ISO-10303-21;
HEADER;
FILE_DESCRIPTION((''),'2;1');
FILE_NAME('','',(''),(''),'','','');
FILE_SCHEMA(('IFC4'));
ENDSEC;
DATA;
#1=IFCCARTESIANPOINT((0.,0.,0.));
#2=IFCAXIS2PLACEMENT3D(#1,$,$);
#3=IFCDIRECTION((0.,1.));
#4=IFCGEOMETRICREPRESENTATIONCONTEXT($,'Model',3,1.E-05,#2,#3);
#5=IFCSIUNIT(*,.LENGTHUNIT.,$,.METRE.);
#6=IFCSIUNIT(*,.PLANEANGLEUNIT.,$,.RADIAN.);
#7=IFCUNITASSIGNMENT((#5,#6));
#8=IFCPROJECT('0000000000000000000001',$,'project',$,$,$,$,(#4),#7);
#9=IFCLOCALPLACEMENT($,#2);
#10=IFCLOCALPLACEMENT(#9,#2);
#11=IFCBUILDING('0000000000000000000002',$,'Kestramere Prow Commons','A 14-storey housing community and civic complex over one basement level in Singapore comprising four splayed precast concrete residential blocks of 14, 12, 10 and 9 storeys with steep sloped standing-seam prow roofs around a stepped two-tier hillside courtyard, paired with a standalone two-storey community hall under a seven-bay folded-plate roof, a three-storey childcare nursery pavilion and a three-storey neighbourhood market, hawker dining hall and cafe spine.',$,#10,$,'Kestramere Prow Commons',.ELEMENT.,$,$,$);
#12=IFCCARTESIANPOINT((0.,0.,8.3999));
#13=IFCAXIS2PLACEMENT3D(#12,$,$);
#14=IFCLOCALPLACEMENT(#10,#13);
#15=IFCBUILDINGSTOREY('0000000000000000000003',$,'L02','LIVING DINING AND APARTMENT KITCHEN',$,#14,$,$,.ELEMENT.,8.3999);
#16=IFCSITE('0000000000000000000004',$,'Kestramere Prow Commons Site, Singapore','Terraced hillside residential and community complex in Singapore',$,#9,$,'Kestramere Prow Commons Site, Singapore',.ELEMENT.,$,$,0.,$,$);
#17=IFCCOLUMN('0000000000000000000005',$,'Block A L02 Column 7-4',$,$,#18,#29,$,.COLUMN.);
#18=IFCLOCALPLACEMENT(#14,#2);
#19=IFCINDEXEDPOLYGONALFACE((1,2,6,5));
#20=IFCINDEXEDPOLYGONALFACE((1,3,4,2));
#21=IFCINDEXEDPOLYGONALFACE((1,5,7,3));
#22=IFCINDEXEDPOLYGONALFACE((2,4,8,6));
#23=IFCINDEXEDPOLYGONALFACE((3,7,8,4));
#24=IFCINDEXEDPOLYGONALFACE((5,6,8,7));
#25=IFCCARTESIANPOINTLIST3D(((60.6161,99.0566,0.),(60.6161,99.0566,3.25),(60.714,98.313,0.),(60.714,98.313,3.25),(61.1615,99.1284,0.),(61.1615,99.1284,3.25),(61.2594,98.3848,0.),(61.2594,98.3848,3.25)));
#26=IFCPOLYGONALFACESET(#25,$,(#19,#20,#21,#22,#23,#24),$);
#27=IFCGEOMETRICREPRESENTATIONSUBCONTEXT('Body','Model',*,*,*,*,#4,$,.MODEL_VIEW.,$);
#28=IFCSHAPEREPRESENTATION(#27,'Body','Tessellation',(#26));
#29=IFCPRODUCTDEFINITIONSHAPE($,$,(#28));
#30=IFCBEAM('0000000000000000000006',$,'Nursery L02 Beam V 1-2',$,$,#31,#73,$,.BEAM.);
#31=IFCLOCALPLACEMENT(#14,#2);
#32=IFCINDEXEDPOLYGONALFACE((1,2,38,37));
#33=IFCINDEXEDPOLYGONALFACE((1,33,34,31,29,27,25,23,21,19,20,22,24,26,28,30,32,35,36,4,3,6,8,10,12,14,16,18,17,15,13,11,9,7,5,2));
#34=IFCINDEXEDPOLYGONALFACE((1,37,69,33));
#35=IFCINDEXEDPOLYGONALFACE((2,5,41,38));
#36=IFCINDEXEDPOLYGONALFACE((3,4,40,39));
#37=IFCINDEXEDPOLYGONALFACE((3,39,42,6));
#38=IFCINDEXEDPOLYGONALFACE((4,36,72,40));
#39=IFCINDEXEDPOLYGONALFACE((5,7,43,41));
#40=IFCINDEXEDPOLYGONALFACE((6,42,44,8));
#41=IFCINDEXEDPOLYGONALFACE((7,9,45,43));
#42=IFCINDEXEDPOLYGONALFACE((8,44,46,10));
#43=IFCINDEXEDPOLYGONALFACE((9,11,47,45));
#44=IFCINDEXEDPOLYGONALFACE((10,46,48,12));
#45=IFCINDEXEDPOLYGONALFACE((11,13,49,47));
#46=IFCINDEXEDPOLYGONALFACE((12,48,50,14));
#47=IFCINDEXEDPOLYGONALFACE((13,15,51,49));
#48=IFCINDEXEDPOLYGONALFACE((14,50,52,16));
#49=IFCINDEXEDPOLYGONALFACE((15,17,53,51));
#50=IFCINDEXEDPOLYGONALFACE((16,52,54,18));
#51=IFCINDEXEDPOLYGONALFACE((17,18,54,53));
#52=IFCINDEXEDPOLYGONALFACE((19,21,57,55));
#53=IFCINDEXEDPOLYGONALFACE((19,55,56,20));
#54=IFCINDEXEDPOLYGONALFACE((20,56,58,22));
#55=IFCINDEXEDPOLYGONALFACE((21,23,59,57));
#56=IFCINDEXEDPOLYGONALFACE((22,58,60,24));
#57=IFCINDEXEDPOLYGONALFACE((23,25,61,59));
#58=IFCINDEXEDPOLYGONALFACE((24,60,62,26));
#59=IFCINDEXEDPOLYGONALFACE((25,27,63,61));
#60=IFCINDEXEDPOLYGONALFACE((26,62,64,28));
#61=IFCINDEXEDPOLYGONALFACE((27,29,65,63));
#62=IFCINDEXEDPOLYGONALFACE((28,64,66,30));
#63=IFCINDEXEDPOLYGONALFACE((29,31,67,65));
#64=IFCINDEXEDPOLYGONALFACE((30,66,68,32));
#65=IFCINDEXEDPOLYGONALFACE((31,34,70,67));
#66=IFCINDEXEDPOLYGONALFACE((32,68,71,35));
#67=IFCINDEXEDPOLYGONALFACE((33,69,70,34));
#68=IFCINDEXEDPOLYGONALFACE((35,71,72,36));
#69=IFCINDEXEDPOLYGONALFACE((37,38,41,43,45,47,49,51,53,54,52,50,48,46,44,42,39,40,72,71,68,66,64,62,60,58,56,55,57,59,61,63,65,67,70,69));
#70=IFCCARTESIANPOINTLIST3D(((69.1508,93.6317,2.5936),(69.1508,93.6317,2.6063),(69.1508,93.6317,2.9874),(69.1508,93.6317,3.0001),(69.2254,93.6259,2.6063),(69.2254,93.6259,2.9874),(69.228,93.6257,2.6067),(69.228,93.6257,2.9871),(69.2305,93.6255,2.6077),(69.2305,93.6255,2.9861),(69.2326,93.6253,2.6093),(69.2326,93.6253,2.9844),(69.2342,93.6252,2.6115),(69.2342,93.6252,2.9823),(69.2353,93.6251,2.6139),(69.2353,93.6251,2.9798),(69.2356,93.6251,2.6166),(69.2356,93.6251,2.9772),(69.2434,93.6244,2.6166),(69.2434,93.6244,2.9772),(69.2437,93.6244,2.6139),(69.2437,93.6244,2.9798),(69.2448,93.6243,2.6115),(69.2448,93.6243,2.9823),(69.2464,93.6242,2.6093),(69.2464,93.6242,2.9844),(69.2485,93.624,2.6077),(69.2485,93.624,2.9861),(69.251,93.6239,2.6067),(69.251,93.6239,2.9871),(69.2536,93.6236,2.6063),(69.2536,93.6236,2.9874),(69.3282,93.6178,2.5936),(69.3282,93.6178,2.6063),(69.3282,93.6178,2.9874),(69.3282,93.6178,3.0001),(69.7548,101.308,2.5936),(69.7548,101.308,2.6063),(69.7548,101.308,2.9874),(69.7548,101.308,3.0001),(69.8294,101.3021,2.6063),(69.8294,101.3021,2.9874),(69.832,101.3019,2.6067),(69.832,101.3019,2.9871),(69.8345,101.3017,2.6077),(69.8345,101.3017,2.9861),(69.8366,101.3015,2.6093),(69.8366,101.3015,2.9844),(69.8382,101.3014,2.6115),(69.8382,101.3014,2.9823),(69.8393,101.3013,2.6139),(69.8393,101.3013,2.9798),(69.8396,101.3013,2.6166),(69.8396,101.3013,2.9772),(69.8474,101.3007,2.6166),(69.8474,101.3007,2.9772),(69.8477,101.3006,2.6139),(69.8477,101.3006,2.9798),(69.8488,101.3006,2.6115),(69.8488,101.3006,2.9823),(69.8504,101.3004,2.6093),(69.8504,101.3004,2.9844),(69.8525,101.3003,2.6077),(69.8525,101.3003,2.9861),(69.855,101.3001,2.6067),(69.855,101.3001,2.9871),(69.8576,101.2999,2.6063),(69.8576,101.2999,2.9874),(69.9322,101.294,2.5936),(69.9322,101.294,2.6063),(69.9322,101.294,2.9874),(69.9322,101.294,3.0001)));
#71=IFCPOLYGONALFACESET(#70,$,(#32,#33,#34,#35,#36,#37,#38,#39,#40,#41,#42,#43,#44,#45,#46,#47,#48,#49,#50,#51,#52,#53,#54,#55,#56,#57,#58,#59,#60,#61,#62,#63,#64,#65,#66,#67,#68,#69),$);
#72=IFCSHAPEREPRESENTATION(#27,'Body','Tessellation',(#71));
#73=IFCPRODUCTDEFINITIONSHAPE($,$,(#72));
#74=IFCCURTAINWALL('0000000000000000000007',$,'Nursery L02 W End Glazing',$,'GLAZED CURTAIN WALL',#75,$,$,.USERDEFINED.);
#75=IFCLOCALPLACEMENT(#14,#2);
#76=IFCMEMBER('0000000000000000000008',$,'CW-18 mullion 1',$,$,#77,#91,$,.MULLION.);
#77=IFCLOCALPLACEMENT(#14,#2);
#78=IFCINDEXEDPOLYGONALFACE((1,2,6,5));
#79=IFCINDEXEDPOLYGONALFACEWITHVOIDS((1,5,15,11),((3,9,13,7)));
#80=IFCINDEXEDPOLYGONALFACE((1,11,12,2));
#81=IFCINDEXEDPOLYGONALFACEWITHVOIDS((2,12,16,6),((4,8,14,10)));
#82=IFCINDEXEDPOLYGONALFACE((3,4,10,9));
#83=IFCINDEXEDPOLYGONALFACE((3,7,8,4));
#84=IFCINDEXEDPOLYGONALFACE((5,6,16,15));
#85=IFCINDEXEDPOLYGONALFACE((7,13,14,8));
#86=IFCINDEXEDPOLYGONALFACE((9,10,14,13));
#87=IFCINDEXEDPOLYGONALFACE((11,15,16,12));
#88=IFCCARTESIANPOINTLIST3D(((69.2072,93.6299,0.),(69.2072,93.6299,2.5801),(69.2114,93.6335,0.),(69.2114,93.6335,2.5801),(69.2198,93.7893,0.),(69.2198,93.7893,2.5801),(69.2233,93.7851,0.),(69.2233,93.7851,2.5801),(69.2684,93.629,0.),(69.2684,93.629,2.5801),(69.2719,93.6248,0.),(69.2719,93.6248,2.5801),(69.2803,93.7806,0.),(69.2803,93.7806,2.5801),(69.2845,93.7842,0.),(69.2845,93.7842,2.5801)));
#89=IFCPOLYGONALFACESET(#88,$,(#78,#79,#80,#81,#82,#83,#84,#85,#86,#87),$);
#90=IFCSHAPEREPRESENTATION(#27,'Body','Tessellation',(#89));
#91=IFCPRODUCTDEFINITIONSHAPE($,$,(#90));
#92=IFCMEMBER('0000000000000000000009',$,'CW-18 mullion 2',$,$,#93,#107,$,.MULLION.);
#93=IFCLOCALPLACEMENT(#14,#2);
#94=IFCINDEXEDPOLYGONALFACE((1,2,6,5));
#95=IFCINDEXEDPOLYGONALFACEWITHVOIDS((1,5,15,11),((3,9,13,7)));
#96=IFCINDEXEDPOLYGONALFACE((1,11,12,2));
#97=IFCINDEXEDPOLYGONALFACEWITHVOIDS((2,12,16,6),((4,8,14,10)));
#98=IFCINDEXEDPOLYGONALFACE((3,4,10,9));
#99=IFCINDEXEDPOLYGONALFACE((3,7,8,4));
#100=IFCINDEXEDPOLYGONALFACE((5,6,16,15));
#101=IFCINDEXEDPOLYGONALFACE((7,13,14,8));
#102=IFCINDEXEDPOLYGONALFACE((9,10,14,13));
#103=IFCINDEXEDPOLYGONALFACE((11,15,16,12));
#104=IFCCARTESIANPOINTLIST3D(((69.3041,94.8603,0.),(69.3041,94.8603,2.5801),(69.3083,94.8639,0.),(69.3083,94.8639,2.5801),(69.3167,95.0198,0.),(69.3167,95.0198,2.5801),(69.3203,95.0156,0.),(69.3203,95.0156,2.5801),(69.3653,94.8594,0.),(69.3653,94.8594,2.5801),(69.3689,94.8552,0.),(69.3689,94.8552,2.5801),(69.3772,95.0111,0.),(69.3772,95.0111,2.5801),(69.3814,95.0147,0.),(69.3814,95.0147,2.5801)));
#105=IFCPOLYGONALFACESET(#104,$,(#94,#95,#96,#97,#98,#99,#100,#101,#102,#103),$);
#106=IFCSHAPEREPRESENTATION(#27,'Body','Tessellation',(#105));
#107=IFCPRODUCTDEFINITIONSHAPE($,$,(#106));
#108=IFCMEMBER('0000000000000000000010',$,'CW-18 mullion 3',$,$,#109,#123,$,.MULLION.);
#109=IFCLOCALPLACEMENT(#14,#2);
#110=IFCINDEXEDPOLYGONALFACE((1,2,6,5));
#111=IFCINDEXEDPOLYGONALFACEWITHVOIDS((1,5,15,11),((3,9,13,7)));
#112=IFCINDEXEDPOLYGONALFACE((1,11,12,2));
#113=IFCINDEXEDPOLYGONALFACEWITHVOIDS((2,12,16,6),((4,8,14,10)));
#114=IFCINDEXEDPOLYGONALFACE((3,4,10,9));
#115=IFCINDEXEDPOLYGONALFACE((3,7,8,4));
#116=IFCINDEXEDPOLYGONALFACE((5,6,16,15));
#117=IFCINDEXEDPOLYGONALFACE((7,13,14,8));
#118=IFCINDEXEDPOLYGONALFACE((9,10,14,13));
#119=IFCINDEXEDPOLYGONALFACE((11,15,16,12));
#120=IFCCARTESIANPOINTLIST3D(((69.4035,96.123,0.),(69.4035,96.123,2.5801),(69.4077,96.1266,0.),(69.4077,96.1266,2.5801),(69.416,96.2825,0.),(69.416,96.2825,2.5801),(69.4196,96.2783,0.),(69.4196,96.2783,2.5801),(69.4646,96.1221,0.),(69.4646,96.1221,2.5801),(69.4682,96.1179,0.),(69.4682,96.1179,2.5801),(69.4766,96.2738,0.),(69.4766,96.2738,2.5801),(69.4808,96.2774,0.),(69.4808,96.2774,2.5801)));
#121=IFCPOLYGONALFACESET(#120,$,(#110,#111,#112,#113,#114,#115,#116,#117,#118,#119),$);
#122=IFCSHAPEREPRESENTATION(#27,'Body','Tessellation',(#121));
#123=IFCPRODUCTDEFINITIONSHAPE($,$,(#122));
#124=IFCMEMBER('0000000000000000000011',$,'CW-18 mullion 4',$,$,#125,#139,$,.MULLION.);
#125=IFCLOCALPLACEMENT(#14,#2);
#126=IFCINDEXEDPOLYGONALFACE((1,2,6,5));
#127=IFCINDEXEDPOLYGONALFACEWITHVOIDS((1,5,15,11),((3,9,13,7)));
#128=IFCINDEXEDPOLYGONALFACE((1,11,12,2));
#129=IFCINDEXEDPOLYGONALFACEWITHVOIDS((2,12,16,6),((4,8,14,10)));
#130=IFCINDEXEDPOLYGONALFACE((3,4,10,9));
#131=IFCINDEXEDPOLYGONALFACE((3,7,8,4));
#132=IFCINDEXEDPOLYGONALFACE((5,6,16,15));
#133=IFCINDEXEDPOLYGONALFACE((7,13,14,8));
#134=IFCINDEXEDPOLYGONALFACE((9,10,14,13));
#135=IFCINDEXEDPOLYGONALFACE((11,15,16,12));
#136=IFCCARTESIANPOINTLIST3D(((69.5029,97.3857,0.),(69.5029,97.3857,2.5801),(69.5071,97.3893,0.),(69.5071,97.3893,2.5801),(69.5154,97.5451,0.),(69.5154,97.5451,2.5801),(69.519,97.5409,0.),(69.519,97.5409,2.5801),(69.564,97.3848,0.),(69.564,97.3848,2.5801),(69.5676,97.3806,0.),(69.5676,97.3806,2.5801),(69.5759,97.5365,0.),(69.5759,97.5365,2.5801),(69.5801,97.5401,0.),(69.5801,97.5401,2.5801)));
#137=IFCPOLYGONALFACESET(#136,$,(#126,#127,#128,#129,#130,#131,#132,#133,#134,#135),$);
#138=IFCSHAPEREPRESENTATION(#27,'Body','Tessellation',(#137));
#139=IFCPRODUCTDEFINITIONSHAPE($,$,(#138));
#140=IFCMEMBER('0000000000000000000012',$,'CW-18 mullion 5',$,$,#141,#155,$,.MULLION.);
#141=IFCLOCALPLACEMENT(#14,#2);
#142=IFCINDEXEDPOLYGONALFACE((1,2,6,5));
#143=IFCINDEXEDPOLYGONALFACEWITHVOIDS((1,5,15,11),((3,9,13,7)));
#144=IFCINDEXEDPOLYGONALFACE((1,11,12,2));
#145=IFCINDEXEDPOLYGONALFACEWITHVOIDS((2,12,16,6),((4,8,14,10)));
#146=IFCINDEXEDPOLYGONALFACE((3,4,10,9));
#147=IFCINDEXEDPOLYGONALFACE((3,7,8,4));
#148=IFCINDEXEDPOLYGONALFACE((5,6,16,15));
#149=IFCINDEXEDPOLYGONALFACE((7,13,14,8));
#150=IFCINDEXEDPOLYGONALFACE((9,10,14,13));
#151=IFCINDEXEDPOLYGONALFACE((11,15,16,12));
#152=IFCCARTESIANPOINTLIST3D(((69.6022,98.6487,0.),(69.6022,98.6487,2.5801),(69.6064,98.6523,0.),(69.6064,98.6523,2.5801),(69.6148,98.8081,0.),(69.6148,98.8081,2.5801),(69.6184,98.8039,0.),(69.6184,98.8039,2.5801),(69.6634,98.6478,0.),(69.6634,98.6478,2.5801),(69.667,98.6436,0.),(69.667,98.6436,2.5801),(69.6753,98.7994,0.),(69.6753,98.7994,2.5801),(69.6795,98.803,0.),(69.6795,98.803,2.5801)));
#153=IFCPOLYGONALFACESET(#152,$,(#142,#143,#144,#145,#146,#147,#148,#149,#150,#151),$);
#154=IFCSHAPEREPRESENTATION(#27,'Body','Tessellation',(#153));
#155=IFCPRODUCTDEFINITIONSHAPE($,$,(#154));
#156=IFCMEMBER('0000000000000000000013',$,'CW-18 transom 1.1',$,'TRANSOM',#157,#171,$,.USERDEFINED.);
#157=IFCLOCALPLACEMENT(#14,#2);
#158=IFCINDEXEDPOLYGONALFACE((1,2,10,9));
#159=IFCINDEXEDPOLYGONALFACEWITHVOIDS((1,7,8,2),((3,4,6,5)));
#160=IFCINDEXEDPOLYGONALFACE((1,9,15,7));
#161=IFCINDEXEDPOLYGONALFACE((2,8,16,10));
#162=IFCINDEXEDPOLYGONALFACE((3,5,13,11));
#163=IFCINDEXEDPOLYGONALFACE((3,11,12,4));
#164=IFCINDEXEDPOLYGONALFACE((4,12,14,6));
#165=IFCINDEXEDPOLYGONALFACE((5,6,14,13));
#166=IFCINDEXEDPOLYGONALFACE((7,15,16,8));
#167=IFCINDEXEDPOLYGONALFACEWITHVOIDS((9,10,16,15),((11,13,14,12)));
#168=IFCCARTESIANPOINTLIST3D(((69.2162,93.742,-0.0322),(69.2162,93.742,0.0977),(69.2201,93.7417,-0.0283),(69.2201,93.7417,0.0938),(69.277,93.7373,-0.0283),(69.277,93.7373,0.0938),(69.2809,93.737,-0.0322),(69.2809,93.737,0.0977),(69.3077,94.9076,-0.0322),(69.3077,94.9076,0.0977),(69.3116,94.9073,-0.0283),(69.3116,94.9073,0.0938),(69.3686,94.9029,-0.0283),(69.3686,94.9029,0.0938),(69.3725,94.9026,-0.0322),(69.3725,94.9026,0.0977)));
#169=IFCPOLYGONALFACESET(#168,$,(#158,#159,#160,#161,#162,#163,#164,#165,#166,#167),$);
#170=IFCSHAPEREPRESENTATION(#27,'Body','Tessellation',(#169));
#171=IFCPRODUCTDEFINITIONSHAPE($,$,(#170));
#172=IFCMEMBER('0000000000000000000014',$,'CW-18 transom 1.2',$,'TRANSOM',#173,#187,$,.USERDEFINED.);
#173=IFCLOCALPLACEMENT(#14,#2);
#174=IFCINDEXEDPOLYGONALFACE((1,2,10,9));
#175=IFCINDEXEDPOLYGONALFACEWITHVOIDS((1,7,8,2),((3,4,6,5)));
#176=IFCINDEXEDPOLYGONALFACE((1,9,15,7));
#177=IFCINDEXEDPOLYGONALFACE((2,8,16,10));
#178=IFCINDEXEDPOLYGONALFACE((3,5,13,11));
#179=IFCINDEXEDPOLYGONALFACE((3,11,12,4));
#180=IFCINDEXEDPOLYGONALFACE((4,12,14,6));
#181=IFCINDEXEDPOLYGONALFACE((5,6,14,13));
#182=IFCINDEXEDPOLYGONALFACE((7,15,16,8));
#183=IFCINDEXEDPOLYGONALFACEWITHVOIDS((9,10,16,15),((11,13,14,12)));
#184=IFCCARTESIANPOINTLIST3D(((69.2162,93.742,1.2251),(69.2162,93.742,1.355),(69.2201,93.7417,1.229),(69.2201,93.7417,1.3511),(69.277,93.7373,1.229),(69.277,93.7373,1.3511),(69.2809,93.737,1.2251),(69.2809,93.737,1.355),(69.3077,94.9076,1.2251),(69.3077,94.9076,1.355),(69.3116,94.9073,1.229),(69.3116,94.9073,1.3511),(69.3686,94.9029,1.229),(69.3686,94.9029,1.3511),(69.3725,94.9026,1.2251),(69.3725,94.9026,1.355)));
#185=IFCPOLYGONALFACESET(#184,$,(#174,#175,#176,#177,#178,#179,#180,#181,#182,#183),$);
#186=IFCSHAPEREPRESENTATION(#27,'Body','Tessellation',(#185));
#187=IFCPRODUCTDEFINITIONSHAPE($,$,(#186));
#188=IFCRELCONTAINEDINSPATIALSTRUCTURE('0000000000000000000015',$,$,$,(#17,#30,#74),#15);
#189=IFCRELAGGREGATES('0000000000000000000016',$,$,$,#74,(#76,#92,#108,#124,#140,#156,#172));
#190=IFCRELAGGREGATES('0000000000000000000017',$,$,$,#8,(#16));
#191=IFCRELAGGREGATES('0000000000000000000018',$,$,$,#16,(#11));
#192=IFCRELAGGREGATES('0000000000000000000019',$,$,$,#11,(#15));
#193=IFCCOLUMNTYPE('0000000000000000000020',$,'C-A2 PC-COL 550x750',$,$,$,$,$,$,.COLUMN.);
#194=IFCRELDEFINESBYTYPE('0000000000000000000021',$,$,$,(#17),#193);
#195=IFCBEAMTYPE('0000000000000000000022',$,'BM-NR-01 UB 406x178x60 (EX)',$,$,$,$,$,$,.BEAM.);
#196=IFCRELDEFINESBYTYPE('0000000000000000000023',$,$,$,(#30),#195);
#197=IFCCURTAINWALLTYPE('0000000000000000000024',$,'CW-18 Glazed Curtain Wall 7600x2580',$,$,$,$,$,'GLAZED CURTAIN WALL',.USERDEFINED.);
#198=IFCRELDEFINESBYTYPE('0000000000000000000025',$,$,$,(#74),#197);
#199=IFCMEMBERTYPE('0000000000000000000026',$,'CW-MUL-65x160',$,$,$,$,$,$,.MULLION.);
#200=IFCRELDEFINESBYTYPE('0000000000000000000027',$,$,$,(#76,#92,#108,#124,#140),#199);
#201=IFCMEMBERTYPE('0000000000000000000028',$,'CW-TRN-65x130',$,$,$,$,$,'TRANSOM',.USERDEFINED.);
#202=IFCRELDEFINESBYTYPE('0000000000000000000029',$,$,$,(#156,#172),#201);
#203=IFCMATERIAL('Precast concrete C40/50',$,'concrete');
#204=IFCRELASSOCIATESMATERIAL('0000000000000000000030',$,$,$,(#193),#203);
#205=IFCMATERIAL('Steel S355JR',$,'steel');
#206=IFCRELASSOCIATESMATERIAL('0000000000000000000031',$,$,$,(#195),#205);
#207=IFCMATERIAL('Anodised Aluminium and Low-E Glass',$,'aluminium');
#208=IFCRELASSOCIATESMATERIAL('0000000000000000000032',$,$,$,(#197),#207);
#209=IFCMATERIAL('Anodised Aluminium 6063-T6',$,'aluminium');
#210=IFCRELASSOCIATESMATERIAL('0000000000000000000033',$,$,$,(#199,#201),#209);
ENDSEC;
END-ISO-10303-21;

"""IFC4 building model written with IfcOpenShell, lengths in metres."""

from ifc_helpers import new_model, si_unit, direction, frame, origin, origin_2d, place, context, subcontext, project, spatial, rectangle, hollow_rectangle, i_section, extrude, material, material_profile, profile_set, type_object, element, aggregate, save


model = new_model("IFC4")

# Units and contexts
model_context = context("Model", 3, precision=1e-05, world=origin(), true_north=direction((0.0, 1.0)))
body_context = subcontext(model_context, "Body", "Model", "MODEL_VIEW")
ifc_project = project(units=[si_unit("LENGTHUNIT", "METRE"), si_unit("PLANEANGLEUNIT", "RADIAN")], contexts=[model_context])

# Site, building, storey
site_placement = place(None, origin())
site = spatial("IfcSite", under=ifc_project, at=site_placement, Name="Kestramere Prow Commons Site, Singapore", Description="Terraced hillside residential and community complex in Singapore", LongName="Kestramere Prow Commons Site, Singapore", CompositionType="ELEMENT", RefElevation=0.0)
building_placement = place(site_placement, origin())
building = spatial("IfcBuilding", under=site, at=building_placement, Name="Kestramere Prow Commons", Description="A 14-storey housing community and civic complex over one basement level in Singapore comprising four splayed precast concrete residential blocks of 14, 12, 10 and 9 storeys with steep sloped standing-seam prow roofs around a stepped two-tier hillside courtyard, paired with a standalone two-storey community hall under a seven-bay folded-plate roof, a three-storey childcare nursery pavilion and a three-storey neighbourhood market, hawker dining hall and cafe spine.", LongName="Kestramere Prow Commons", CompositionType="ELEMENT")
storey_placement = place(building_placement, frame((0.0, 0.0, 8.3999)))
storey = spatial("IfcBuildingStorey", under=building, at=storey_placement, Name="L02", Description="LIVING DINING AND APARTMENT KITCHEN", CompositionType="ELEMENT", Elevation=8.3999)

# Column
ifc_material_1 = material(Name="Precast concrete C40/50", Category="concrete")
ifc_material_profile_1 = material_profile(ifc_material_1, rectangle(XDim=0.55, YDim=0.75, at=origin_2d()), Name="PC-COL 550x750")
ifc_profile_set_1 = profile_set([ifc_material_profile_1], Name="Precast concrete C40/50")
column_type = type_object("IfcColumnType", Name="C-A2 PC-COL 550x750", PredefinedType="COLUMN", material=ifc_profile_set_1)
column_placement = place(storey_placement, frame((60.9377, 98.7207, 0.0), z_axis=(0.0, 0.0, 1.0), x_axis=(0.991445, 0.130526, 0.0)))
element("IfcColumn", 1, at=column_placement, inside=storey, type_object=column_type, Name="Block A L02 Column 7-4", PredefinedType="COLUMN", context=body_context, shape_type="SweptSolid", body=[
    extrude(rectangle(XDim=0.55, YDim=0.75, at=origin_2d()), origin(), (0.0, 0.0, 1.0), 3.25),
])

# Beam
ifc_material_2 = material(Name="Steel S355JR", Category="steel")
ifc_material_profile_2 = material_profile(ifc_material_2, i_section(OverallWidth=0.178, OverallDepth=0.4065, WebThickness=0.0078, FlangeThickness=0.0127, FilletRadius=0.0103, at=origin_2d()), Name="UB 406x178x60")
ifc_profile_set_2 = profile_set([ifc_material_profile_2], Name="Steel S355JR")
beam_type = type_object("IfcBeamType", Name="BM-NR-01 UB 406x178x60 (EX)", PredefinedType="BEAM", material=ifc_profile_set_2)
beam_placement = place(storey_placement, frame((69.2395, 93.6248, 2.7969), z_axis=(0.078442, 0.996919, 0.0), x_axis=(-0.996919, 0.078442, 0.0)))
element("IfcBeam", 2, at=beam_placement, inside=storey, type_object=beam_type, Name="Nursery L02 Beam V 1-2", PredefinedType="BEAM", context=body_context, shape_type="SweptSolid", body=[
    extrude(i_section(OverallWidth=0.178, OverallDepth=0.4065, WebThickness=0.0078, FlangeThickness=0.0127, FilletRadius=0.0103, at=origin_2d()), origin(), (0.0, 0.0, 1.0), 7.7),
])

# Curtain wall, members
ifc_material_3 = material(Name="Anodised Aluminium and Low-E Glass", Category="aluminium")
curtain_wall_type = type_object("IfcCurtainWallType", Name="CW-18 Glazed Curtain Wall 7600x2580", ElementType="GLAZED CURTAIN WALL", PredefinedType="USERDEFINED", material=ifc_material_3)
curtain_wall_placement = place(storey_placement, origin())
curtain_wall = element("IfcCurtainWall", 3, at=curtain_wall_placement, inside=storey, type_object=curtain_wall_type, Name="Nursery L02 W End Glazing", ObjectType="GLAZED CURTAIN WALL", PredefinedType="USERDEFINED")
ifc_material_4 = material(Name="Anodised Aluminium 6063-T6", Category="aluminium")
ifc_material_profile_3 = material_profile(ifc_material_4, hollow_rectangle(XDim=0.0649, YDim=0.1599, WallThickness=0.0039, at=origin_2d()), Name="ALU-MUL 65x160")
ifc_profile_set_3 = profile_set([ifc_material_profile_3], Name="Anodised Aluminium 6063-T6")
member_type_1 = type_object("IfcMemberType", Name="CW-MUL-65x160", PredefinedType="MULLION", material=ifc_profile_set_3)
member_1_placement = place(storey_placement, frame((69.2458, 93.707, 0.0), z_axis=(0.0, 0.0, 1.0), x_axis=(-0.996917, 0.078459, 0.0)))
member_1 = element("IfcMember", 4, at=member_1_placement, type_object=member_type_1, Name="CW-18 mullion 1", PredefinedType="MULLION", context=body_context, shape_type="SweptSolid", body=[
    extrude(hollow_rectangle(XDim=0.0649, YDim=0.1599, WallThickness=0.0039, at=origin_2d()), origin(), (0.0, 0.0, 1.0), 2.5801),
])
member_2_placement = place(storey_placement, frame((69.3428, 94.9375, 0.0), z_axis=(0.0, 0.0, 1.0), x_axis=(-0.996917, 0.078459, 0.0)))
member_2 = element("IfcMember", 5, at=member_2_placement, type_object=member_type_1, Name="CW-18 mullion 2", PredefinedType="MULLION", context=body_context, shape_type="SweptSolid", body=[
    extrude(hollow_rectangle(XDim=0.0649, YDim=0.1599, WallThickness=0.0039, at=origin_2d()), origin(), (0.0, 0.0, 1.0), 2.5801),
])
member_3_placement = place(storey_placement, frame((69.4421, 96.2002, 0.0), z_axis=(0.0, 0.0, 1.0), x_axis=(-0.996917, 0.078459, 0.0)))
member_3 = element("IfcMember", 6, at=member_3_placement, type_object=member_type_1, Name="CW-18 mullion 3", PredefinedType="MULLION", context=body_context, shape_type="SweptSolid", body=[
    extrude(hollow_rectangle(XDim=0.0649, YDim=0.1599, WallThickness=0.0039, at=origin_2d()), origin(), (0.0, 0.0, 1.0), 2.5801),
])
member_4_placement = place(storey_placement, frame((69.5415, 97.4629, 0.0), z_axis=(0.0, 0.0, 1.0), x_axis=(-0.996917, 0.078459, 0.0)))
member_4 = element("IfcMember", 7, at=member_4_placement, type_object=member_type_1, Name="CW-18 mullion 4", PredefinedType="MULLION", context=body_context, shape_type="SweptSolid", body=[
    extrude(hollow_rectangle(XDim=0.0649, YDim=0.1599, WallThickness=0.0039, at=origin_2d()), origin(), (0.0, 0.0, 1.0), 2.5801),
])
member_5_placement = place(storey_placement, frame((69.6409, 98.7258, 0.0), z_axis=(0.0, 0.0, 1.0), x_axis=(-0.996917, 0.078459, 0.0)))
member_5 = element("IfcMember", 8, at=member_5_placement, type_object=member_type_1, Name="CW-18 mullion 5", PredefinedType="MULLION", context=body_context, shape_type="SweptSolid", body=[
    extrude(hollow_rectangle(XDim=0.0649, YDim=0.1599, WallThickness=0.0039, at=origin_2d()), origin(), (0.0, 0.0, 1.0), 2.5801),
])
ifc_material_profile_4 = material_profile(ifc_material_4, hollow_rectangle(XDim=0.0649, YDim=0.1299, WallThickness=0.0039, at=origin_2d()), Name="ALU-TRN 65x130")
ifc_profile_set_4 = profile_set([ifc_material_profile_4], Name="Anodised Aluminium 6063-T6")
member_type_2 = type_object("IfcMemberType", Name="CW-TRN-65x130", ElementType="TRANSOM", PredefinedType="USERDEFINED", material=ifc_profile_set_4)
member_6_placement = place(storey_placement, frame((69.2485, 93.7395, 0.0327), z_axis=(0.078309, 0.996929, 0.0), x_axis=(-0.996929, 0.078309, 0.0)))
member_6 = element("IfcMember", 9, at=member_6_placement, type_object=member_type_2, Name="CW-18 transom 1.1", ObjectType="TRANSOM", PredefinedType="USERDEFINED", context=body_context, shape_type="SweptSolid", body=[
    extrude(hollow_rectangle(XDim=0.0649, YDim=0.1299, WallThickness=0.0039, at=origin_2d()), origin(), (0.0, 0.0, 1.0), 1.1692),
])
member_7_placement = place(storey_placement, frame((69.2485, 93.7395, 1.29), z_axis=(0.078309, 0.996929, 0.0), x_axis=(-0.996929, 0.078309, 0.0)))
member_7 = element("IfcMember", 10, at=member_7_placement, type_object=member_type_2, Name="CW-18 transom 1.2", ObjectType="TRANSOM", PredefinedType="USERDEFINED", context=body_context, shape_type="SweptSolid", body=[
    extrude(hollow_rectangle(XDim=0.0649, YDim=0.1299, WallThickness=0.0039, at=origin_2d()), origin(), (0.0, 0.0, 1.0), 1.1692),
])
aggregate(curtain_wall, [member_1, member_2, member_3, member_4, member_5, member_6, member_7])

save(model, "model.ifc")
